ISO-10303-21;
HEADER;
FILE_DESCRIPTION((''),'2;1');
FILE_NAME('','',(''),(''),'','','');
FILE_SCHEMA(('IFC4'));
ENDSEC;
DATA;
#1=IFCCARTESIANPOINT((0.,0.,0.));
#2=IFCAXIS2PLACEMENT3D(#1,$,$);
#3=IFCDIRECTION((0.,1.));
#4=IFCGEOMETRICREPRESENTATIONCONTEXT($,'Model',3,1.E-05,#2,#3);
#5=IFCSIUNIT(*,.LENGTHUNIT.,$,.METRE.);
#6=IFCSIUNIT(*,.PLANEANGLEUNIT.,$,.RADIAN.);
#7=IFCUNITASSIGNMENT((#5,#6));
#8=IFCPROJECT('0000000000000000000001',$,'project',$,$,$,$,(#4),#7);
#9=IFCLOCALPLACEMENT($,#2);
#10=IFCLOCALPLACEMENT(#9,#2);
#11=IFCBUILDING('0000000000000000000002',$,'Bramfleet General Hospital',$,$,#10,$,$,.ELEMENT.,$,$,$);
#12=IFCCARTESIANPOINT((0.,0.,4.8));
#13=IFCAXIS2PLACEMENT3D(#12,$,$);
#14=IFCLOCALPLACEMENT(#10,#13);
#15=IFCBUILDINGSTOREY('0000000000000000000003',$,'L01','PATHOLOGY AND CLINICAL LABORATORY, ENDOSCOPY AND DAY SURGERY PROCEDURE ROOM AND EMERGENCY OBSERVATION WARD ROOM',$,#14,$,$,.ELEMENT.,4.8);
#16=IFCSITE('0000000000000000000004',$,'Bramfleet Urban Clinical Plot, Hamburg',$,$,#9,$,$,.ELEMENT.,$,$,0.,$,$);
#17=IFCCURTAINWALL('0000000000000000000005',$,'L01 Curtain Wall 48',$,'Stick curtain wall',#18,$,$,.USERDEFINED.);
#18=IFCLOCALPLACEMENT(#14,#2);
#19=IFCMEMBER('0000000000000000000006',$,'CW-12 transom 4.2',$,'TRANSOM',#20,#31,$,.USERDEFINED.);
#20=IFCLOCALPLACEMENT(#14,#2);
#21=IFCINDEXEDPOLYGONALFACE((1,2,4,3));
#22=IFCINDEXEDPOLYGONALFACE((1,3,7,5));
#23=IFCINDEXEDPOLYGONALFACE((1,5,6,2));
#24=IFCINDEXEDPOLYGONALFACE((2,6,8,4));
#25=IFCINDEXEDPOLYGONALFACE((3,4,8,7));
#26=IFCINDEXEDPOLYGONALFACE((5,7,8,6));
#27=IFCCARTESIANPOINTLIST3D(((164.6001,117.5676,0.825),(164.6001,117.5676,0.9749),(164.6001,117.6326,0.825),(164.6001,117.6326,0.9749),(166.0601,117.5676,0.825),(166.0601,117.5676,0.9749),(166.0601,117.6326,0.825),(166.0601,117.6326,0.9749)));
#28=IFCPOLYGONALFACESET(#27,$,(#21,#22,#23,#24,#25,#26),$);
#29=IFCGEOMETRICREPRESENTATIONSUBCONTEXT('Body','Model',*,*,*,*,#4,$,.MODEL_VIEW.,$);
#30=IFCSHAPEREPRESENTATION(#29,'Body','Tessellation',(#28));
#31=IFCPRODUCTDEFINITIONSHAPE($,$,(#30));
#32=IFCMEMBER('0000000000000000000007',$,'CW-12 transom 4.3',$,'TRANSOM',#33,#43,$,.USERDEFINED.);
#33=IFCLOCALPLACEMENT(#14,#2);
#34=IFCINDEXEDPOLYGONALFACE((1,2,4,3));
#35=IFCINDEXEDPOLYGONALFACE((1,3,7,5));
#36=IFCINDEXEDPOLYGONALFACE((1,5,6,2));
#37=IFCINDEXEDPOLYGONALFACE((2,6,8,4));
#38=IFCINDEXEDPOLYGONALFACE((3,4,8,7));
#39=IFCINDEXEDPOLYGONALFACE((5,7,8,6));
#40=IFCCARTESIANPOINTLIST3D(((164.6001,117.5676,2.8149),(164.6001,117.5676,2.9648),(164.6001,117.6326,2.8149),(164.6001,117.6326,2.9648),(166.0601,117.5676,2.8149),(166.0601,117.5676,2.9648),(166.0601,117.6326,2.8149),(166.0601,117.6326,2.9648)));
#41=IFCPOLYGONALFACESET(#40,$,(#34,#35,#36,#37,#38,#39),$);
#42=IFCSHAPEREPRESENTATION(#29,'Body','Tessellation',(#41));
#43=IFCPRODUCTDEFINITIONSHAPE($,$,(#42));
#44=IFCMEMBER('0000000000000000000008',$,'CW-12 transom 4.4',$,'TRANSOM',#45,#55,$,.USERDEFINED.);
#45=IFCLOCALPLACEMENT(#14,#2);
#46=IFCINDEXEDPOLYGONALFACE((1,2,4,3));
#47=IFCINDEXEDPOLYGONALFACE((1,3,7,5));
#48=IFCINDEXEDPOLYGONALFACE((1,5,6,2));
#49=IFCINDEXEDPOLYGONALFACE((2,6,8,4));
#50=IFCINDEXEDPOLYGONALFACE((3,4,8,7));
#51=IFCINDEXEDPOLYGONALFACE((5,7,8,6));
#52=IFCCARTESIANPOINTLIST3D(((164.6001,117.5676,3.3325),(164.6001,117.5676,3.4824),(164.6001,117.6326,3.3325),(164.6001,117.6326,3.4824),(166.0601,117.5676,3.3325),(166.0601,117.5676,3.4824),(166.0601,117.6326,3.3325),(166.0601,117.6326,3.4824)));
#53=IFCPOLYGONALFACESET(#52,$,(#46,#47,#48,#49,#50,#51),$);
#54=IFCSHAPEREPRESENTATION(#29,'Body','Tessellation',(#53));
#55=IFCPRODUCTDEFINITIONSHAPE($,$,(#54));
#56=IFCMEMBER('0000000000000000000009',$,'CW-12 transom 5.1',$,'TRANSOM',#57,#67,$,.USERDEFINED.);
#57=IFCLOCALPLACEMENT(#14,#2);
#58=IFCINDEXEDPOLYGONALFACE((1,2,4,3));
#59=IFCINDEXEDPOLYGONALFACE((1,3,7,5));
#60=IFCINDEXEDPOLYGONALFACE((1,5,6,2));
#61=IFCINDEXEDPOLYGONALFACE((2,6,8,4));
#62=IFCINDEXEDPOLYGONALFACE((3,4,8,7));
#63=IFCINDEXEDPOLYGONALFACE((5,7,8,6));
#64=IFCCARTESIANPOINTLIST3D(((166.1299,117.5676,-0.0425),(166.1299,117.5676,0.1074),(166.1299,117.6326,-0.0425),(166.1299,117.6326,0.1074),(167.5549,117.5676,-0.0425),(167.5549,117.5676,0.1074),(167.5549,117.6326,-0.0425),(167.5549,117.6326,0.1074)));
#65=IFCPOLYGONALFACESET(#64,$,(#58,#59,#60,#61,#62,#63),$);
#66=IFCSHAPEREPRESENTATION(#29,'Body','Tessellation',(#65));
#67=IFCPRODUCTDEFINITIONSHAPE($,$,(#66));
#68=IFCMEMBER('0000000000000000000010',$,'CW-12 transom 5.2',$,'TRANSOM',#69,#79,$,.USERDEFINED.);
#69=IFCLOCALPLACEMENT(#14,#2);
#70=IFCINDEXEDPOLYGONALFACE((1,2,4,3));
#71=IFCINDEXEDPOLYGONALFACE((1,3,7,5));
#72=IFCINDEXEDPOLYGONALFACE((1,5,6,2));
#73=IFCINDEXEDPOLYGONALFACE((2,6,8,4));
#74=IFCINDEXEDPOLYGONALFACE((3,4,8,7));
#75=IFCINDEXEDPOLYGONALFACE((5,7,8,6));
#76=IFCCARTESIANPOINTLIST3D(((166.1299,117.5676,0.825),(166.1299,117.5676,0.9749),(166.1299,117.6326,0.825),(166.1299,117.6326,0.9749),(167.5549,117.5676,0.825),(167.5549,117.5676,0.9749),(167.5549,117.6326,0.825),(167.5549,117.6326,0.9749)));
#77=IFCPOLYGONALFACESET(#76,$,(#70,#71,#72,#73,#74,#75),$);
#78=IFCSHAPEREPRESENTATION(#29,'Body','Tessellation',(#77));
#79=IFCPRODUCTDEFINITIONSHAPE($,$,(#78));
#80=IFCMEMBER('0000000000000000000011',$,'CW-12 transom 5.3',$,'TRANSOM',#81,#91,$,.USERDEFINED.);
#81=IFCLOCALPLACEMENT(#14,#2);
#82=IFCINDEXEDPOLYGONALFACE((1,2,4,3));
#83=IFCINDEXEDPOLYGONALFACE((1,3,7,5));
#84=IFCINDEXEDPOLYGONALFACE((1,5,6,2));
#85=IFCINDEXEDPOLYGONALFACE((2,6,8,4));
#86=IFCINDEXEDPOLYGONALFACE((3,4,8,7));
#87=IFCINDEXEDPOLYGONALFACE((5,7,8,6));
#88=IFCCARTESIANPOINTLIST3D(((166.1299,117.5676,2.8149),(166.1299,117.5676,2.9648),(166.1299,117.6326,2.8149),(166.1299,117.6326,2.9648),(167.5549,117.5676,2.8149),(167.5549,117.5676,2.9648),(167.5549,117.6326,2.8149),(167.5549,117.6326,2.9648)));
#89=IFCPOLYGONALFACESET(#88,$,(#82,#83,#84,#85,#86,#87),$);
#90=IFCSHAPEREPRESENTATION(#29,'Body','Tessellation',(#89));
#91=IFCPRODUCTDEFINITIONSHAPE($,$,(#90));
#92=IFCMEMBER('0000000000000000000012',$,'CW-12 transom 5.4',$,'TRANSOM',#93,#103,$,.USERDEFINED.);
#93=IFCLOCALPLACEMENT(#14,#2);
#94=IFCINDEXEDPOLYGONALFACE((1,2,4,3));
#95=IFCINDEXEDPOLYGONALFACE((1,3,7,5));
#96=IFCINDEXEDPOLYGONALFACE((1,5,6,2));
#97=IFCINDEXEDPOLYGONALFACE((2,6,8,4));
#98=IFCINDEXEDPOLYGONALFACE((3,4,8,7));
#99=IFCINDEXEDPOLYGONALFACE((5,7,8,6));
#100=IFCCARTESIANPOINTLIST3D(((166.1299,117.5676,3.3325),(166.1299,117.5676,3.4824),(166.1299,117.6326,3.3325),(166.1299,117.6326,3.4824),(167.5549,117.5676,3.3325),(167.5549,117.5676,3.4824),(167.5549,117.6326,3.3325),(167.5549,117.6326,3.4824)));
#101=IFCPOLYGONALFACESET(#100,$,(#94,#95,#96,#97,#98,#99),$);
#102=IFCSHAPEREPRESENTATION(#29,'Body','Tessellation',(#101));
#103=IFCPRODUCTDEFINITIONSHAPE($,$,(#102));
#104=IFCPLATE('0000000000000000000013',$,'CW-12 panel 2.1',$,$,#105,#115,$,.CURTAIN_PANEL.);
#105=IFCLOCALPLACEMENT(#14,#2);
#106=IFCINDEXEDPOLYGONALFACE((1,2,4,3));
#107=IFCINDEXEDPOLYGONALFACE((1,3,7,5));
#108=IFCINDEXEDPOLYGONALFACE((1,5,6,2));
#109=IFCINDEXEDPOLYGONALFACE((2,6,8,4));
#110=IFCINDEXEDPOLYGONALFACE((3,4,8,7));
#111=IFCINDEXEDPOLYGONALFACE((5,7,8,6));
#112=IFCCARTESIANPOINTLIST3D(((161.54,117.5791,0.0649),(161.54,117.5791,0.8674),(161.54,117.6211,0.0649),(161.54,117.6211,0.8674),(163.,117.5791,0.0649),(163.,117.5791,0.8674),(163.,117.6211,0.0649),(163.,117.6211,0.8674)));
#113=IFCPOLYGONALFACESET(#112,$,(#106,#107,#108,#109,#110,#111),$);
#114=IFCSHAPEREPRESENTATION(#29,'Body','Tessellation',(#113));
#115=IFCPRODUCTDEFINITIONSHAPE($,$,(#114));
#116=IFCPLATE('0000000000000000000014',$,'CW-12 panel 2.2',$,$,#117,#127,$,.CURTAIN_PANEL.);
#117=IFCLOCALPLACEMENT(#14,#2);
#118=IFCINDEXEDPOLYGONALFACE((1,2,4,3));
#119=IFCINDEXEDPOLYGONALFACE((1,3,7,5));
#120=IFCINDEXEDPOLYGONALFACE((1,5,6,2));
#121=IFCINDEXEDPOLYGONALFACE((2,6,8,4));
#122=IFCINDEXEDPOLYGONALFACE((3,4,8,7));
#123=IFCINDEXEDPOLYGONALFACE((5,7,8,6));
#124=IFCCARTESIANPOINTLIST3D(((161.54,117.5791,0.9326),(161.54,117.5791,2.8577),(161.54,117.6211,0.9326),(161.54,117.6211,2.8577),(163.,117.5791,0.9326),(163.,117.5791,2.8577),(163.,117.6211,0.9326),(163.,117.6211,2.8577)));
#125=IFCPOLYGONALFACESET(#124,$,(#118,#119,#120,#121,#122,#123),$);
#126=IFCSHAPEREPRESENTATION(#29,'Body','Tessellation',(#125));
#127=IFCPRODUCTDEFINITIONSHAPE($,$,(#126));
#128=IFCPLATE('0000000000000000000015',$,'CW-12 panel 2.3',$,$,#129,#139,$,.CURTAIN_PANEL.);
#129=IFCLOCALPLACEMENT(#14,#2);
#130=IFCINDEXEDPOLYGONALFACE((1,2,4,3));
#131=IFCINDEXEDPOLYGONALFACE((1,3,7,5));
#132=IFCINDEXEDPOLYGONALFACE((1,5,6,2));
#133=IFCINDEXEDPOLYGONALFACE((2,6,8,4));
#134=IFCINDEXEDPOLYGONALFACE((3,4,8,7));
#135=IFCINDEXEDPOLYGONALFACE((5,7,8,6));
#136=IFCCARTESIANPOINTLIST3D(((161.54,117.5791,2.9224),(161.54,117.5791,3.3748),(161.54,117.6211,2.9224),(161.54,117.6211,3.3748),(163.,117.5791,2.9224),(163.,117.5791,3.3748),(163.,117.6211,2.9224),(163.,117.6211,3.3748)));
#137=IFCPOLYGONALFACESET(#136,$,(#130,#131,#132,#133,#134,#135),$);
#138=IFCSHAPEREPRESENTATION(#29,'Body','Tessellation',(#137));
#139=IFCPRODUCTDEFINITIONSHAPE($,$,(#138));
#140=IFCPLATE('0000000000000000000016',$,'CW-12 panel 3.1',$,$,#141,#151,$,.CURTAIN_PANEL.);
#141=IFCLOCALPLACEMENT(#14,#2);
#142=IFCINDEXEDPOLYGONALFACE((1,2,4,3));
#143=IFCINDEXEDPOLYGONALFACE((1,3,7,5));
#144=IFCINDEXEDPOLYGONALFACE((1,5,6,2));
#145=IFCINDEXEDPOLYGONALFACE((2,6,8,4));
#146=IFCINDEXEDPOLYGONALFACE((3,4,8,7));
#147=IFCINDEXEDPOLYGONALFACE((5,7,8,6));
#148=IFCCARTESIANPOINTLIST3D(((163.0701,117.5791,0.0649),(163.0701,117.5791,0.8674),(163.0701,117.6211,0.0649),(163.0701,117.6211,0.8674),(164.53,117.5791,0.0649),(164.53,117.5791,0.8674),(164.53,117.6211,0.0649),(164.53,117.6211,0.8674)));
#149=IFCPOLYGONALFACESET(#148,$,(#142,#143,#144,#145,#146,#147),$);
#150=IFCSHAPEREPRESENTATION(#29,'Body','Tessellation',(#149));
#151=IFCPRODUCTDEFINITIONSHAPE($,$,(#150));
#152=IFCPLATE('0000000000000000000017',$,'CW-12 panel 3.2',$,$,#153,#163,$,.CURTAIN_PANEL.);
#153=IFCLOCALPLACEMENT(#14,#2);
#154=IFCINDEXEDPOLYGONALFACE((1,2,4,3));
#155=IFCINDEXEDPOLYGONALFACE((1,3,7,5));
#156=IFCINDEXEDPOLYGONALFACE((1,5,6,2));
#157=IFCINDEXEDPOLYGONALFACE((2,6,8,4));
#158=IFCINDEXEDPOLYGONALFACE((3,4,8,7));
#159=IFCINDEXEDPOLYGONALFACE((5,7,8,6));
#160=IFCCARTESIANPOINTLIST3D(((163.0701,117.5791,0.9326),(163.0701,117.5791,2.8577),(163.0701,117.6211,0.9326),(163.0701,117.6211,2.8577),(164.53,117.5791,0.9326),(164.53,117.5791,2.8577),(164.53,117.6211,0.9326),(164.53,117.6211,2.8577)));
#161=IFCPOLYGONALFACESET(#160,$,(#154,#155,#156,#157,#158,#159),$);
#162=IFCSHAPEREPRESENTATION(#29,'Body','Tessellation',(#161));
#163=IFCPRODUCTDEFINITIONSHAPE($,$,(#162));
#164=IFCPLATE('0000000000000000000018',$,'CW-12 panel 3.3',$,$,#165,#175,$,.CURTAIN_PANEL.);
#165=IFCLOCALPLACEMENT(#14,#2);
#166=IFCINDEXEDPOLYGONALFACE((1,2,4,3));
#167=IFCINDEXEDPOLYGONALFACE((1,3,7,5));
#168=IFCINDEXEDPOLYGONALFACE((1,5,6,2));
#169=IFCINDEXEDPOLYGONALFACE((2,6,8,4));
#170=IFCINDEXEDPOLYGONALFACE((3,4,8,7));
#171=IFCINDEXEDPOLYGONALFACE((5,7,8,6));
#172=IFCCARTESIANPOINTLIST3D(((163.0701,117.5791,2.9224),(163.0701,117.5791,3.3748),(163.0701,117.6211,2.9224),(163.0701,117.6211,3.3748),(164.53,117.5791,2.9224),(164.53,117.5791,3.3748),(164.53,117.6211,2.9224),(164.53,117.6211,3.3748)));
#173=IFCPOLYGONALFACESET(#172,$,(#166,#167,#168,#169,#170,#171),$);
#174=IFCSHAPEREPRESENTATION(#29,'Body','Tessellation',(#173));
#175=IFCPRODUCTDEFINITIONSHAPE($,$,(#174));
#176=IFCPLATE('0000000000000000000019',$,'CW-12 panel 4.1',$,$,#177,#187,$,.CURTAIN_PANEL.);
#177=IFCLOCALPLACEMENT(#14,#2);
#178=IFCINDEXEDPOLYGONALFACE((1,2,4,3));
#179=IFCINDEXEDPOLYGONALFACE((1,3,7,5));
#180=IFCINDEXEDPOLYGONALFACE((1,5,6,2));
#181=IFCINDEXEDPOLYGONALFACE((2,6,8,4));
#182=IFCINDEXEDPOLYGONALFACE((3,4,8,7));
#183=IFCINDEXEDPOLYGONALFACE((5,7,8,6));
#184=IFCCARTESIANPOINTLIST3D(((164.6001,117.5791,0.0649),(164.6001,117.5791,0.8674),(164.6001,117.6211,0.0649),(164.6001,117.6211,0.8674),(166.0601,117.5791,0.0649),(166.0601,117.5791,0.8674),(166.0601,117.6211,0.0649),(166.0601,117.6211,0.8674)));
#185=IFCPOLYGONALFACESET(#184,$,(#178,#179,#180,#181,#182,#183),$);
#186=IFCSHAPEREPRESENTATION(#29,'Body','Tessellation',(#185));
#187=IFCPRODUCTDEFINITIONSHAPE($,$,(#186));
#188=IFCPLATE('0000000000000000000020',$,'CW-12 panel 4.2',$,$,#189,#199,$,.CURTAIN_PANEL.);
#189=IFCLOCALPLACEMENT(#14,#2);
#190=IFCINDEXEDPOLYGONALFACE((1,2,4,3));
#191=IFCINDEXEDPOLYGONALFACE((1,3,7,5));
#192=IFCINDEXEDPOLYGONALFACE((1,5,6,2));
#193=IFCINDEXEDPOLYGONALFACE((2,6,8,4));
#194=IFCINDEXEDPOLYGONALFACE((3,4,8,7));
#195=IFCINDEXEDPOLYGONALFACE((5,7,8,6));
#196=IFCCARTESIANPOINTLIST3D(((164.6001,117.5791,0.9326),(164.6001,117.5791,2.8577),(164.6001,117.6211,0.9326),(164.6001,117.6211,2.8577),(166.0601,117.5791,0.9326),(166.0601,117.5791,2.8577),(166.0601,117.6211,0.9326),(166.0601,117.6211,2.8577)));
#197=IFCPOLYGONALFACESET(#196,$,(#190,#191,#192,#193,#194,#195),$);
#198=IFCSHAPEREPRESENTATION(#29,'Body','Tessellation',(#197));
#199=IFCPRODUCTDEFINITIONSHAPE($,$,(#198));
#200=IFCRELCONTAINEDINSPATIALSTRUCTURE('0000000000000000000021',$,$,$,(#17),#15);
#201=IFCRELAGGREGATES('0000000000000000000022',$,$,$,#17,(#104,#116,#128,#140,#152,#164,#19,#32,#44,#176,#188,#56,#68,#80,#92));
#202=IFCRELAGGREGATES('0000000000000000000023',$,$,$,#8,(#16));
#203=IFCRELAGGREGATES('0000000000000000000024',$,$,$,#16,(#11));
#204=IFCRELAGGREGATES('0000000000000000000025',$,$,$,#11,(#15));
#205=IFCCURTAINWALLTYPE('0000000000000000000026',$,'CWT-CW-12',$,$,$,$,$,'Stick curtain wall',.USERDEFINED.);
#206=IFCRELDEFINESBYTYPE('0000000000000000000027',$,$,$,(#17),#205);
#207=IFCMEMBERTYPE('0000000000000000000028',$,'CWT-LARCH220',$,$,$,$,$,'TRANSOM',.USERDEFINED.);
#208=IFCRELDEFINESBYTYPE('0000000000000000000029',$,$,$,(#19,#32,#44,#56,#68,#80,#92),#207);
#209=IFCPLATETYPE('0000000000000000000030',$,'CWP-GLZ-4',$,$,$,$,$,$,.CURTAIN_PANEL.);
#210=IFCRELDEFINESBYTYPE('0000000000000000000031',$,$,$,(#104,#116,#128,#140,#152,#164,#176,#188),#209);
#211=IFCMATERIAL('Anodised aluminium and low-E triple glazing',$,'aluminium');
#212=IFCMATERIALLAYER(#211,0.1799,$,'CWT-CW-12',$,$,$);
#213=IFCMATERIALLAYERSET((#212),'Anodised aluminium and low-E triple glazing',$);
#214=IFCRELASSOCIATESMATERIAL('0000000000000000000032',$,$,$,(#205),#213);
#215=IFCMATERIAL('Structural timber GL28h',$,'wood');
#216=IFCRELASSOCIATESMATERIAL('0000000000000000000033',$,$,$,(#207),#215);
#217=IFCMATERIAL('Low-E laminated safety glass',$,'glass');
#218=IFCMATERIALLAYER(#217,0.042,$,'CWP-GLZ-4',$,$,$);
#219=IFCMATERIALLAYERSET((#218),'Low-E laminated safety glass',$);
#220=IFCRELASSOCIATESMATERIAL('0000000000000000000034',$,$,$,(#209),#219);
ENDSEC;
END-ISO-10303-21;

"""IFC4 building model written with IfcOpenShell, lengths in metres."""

from ifc_helpers import new_model, si_unit, direction, frame, origin, origin_2d, place, context, subcontext, project, spatial, rectangle, extrude, material, layer, layer_set, material_profile, profile_set, type_object, element, aggregate, save


model = new_model("IFC4")

# Units and contexts
model_context = context("Model", 3, precision=1e-05, world=origin(), true_north=direction((0.0, 1.0)))
body_context = subcontext(model_context, "Body", "Model", "MODEL_VIEW")
ifc_project = project(units=[si_unit("LENGTHUNIT", "METRE"), si_unit("PLANEANGLEUNIT", "RADIAN")], contexts=[model_context])

# Site, building, storey
site_placement = place(None, origin())
site = spatial("IfcSite", under=ifc_project, at=site_placement, Name="Bramfleet Urban Clinical Plot, Hamburg", CompositionType="ELEMENT", RefElevation=0.0)
building_placement = place(site_placement, origin())
building = spatial("IfcBuilding", under=site, at=building_placement, Name="Bramfleet General Hospital", CompositionType="ELEMENT")
storey_placement = place(building_placement, frame((0.0, 0.0, 4.8)))
storey = spatial("IfcBuildingStorey", under=building, at=storey_placement, Name="L01", Description="PATHOLOGY AND CLINICAL LABORATORY, ENDOSCOPY AND DAY SURGERY PROCEDURE ROOM AND EMERGENCY OBSERVATION WARD ROOM", CompositionType="ELEMENT", Elevation=4.8)

# Curtain wall, members, plates
ifc_material_1 = material(Name="Anodised aluminium and low-E triple glazing", Category="aluminium")
ifc_layer_1 = layer(ifc_material_1, 0.1799, Name="CWT-CW-12")
ifc_layer_set_1 = layer_set([ifc_layer_1], Name="Anodised aluminium and low-E triple glazing")
curtain_wall_type = type_object("IfcCurtainWallType", Name="CWT-CW-12", ElementType="Stick curtain wall", PredefinedType="USERDEFINED", material=ifc_layer_set_1)
curtain_wall_placement = place(storey_placement, origin())
curtain_wall = element("IfcCurtainWall", 1, at=curtain_wall_placement, inside=storey, type_object=curtain_wall_type, Name="L01 Curtain Wall 48", ObjectType="Stick curtain wall", PredefinedType="USERDEFINED")
ifc_material_2 = material(Name="Structural timber GL28h", Category="wood")
ifc_material_profile_1 = material_profile(ifc_material_2, rectangle(XDim=0.0649, YDim=0.1499, at=origin_2d()), Name="LARCH 150x65")
ifc_profile_set_1 = profile_set([ifc_material_profile_1], Name="Structural timber GL28h")
member_type_1 = type_object("IfcMemberType", Name="CWT-LARCH220", ElementType="TRANSOM", PredefinedType="USERDEFINED", material=ifc_profile_set_1)
member_1_placement = place(storey_placement, frame((164.6001, 117.6001, 0.8999), z_axis=(1.0, 0.0, 0.0), x_axis=(0.0, 1.0, 0.0)))
member_1 = element("IfcMember", 2, at=member_1_placement, type_object=member_type_1, Name="CW-12 transom 4.2", ObjectType="TRANSOM", PredefinedType="USERDEFINED", context=body_context, shape_type="SweptSolid", body=[
    extrude(rectangle(XDim=0.0649, YDim=0.1499, at=origin_2d()), origin(), (0.0, 0.0, 1.0), 1.46),
])
member_2_placement = place(storey_placement, frame((164.6001, 117.6001, 2.8899), z_axis=(1.0, 0.0, 0.0), x_axis=(0.0, 1.0, 0.0)))
member_2 = element("IfcMember", 3, at=member_2_placement, type_object=member_type_1, Name="CW-12 transom 4.3", ObjectType="TRANSOM", PredefinedType="USERDEFINED", context=body_context, shape_type="SweptSolid", body=[
    extrude(rectangle(XDim=0.0649, YDim=0.1499, at=origin_2d()), origin(), (0.0, 0.0, 1.0), 1.46),
])
member_3_placement = place(storey_placement, frame((164.6001, 117.6001, 3.4075), z_axis=(1.0, 0.0, 0.0), x_axis=(0.0, 1.0, 0.0)))
member_3 = element("IfcMember", 4, at=member_3_placement, type_object=member_type_1, Name="CW-12 transom 4.4", ObjectType="TRANSOM", PredefinedType="USERDEFINED", context=body_context, shape_type="SweptSolid", body=[
    extrude(rectangle(XDim=0.0649, YDim=0.1499, at=origin_2d()), origin(), (0.0, 0.0, 1.0), 1.46),
])
member_4_placement = place(storey_placement, frame((166.1299, 117.6001, 0.0325), z_axis=(1.0, 0.0, 0.0), x_axis=(0.0, 1.0, 0.0)))
member_4 = element("IfcMember", 5, at=member_4_placement, type_object=member_type_1, Name="CW-12 transom 5.1", ObjectType="TRANSOM", PredefinedType="USERDEFINED", context=body_context, shape_type="SweptSolid", body=[
    extrude(rectangle(XDim=0.0649, YDim=0.1499, at=origin_2d()), origin(), (0.0, 0.0, 1.0), 1.425),
])
member_5_placement = place(storey_placement, frame((166.1299, 117.6001, 0.8999), z_axis=(1.0, 0.0, 0.0), x_axis=(0.0, 1.0, 0.0)))
member_5 = element("IfcMember", 6, at=member_5_placement, type_object=member_type_1, Name="CW-12 transom 5.2", ObjectType="TRANSOM", PredefinedType="USERDEFINED", context=body_context, shape_type="SweptSolid", body=[
    extrude(rectangle(XDim=0.0649, YDim=0.1499, at=origin_2d()), origin(), (0.0, 0.0, 1.0), 1.425),
])
member_6_placement = place(storey_placement, frame((166.1299, 117.6001, 2.8899), z_axis=(1.0, 0.0, 0.0), x_axis=(0.0, 1.0, 0.0)))
member_6 = element("IfcMember", 7, at=member_6_placement, type_object=member_type_1, Name="CW-12 transom 5.3", ObjectType="TRANSOM", PredefinedType="USERDEFINED", context=body_context, shape_type="SweptSolid", body=[
    extrude(rectangle(XDim=0.0649, YDim=0.1499, at=origin_2d()), origin(), (0.0, 0.0, 1.0), 1.425),
])
member_7_placement = place(storey_placement, frame((166.1299, 117.6001, 3.4075), z_axis=(1.0, 0.0, 0.0), x_axis=(0.0, 1.0, 0.0)))
member_7 = element("IfcMember", 8, at=member_7_placement, type_object=member_type_1, Name="CW-12 transom 5.4", ObjectType="TRANSOM", PredefinedType="USERDEFINED", context=body_context, shape_type="SweptSolid", body=[
    extrude(rectangle(XDim=0.0649, YDim=0.1499, at=origin_2d()), origin(), (0.0, 0.0, 1.0), 1.425),
])
ifc_material_3 = material(Name="Low-E laminated safety glass", Category="glass")
ifc_layer_2 = layer(ifc_material_3, 0.042, Name="CWP-GLZ-4")
ifc_layer_set_2 = layer_set([ifc_layer_2], Name="Low-E laminated safety glass")
plate_type = type_object("IfcPlateType", Name="CWP-GLZ-4", PredefinedType="CURTAIN_PANEL", material=ifc_layer_set_2)
plate_1_placement = place(storey_placement, frame((162.27, 117.6001, 0.0649), z_axis=(0.0, 0.0, 1.0), x_axis=(1.0, 0.0, 0.0)))
plate_1 = element("IfcPlate", 9, at=plate_1_placement, type_object=plate_type, Name="CW-12 panel 2.1", PredefinedType="CURTAIN_PANEL", context=body_context, shape_type="SweptSolid", body=[
    extrude(rectangle(XDim=1.46, YDim=0.042, at=origin_2d()), origin(), (0.0, 0.0, 1.0), 0.8025),
])
plate_2_placement = place(storey_placement, frame((162.27, 117.6001, 0.9326), z_axis=(0.0, 0.0, 1.0), x_axis=(1.0, 0.0, 0.0)))
plate_2 = element("IfcPlate", 10, at=plate_2_placement, type_object=plate_type, Name="CW-12 panel 2.2", PredefinedType="CURTAIN_PANEL", context=body_context, shape_type="SweptSolid", body=[
    extrude(rectangle(XDim=1.46, YDim=0.042, at=origin_2d()), origin(), (0.0, 0.0, 1.0), 1.925),
])
plate_3_placement = place(storey_placement, frame((162.27, 117.6001, 2.9224), z_axis=(0.0, 0.0, 1.0), x_axis=(1.0, 0.0, 0.0)))
plate_3 = element("IfcPlate", 11, at=plate_3_placement, type_object=plate_type, Name="CW-12 panel 2.3", PredefinedType="CURTAIN_PANEL", context=body_context, shape_type="SweptSolid", body=[
    extrude(rectangle(XDim=1.46, YDim=0.042, at=origin_2d()), origin(), (0.0, 0.0, 1.0), 0.4524),
])
plate_4_placement = place(storey_placement, frame((163.8, 117.6001, 0.0649), z_axis=(0.0, 0.0, 1.0), x_axis=(1.0, 0.0, 0.0)))
plate_4 = element("IfcPlate", 12, at=plate_4_placement, type_object=plate_type, Name="CW-12 panel 3.1", PredefinedType="CURTAIN_PANEL", context=body_context, shape_type="SweptSolid", body=[
    extrude(rectangle(XDim=1.46, YDim=0.042, at=origin_2d()), origin(), (0.0, 0.0, 1.0), 0.8025),
])
plate_5_placement = place(storey_placement, frame((163.8, 117.6001, 0.9326), z_axis=(0.0, 0.0, 1.0), x_axis=(1.0, 0.0, 0.0)))
plate_5 = element("IfcPlate", 13, at=plate_5_placement, type_object=plate_type, Name="CW-12 panel 3.2", PredefinedType="CURTAIN_PANEL", context=body_context, shape_type="SweptSolid", body=[
    extrude(rectangle(XDim=1.46, YDim=0.042, at=origin_2d()), origin(), (0.0, 0.0, 1.0), 1.925),
])
plate_6_placement = place(storey_placement, frame((163.8, 117.6001, 2.9224), z_axis=(0.0, 0.0, 1.0), x_axis=(1.0, 0.0, 0.0)))
plate_6 = element("IfcPlate", 14, at=plate_6_placement, type_object=plate_type, Name="CW-12 panel 3.3", PredefinedType="CURTAIN_PANEL", context=body_context, shape_type="SweptSolid", body=[
    extrude(rectangle(XDim=1.46, YDim=0.042, at=origin_2d()), origin(), (0.0, 0.0, 1.0), 0.4524),
])
plate_7_placement = place(storey_placement, frame((165.3301, 117.6001, 0.0649), z_axis=(0.0, 0.0, 1.0), x_axis=(1.0, 0.0, 0.0)))
plate_7 = element("IfcPlate", 15, at=plate_7_placement, type_object=plate_type, Name="CW-12 panel 4.1", PredefinedType="CURTAIN_PANEL", context=body_context, shape_type="SweptSolid", body=[
    extrude(rectangle(XDim=1.46, YDim=0.042, at=origin_2d()), origin(), (0.0, 0.0, 1.0), 0.8025),
])
plate_8_placement = place(storey_placement, frame((165.3301, 117.6001, 0.9326), z_axis=(0.0, 0.0, 1.0), x_axis=(1.0, 0.0, 0.0)))
plate_8 = element("IfcPlate", 16, at=plate_8_placement, type_object=plate_type, Name="CW-12 panel 4.2", PredefinedType="CURTAIN_PANEL", context=body_context, shape_type="SweptSolid", body=[
    extrude(rectangle(XDim=1.46, YDim=0.042, at=origin_2d()), origin(), (0.0, 0.0, 1.0), 1.925),
])
aggregate(curtain_wall, [plate_1, plate_2, plate_3, plate_4, plate_5, plate_6, member_1, member_2, member_3, plate_7, plate_8, member_4, member_5, member_6, member_7])

save(model, "model.ifc")
